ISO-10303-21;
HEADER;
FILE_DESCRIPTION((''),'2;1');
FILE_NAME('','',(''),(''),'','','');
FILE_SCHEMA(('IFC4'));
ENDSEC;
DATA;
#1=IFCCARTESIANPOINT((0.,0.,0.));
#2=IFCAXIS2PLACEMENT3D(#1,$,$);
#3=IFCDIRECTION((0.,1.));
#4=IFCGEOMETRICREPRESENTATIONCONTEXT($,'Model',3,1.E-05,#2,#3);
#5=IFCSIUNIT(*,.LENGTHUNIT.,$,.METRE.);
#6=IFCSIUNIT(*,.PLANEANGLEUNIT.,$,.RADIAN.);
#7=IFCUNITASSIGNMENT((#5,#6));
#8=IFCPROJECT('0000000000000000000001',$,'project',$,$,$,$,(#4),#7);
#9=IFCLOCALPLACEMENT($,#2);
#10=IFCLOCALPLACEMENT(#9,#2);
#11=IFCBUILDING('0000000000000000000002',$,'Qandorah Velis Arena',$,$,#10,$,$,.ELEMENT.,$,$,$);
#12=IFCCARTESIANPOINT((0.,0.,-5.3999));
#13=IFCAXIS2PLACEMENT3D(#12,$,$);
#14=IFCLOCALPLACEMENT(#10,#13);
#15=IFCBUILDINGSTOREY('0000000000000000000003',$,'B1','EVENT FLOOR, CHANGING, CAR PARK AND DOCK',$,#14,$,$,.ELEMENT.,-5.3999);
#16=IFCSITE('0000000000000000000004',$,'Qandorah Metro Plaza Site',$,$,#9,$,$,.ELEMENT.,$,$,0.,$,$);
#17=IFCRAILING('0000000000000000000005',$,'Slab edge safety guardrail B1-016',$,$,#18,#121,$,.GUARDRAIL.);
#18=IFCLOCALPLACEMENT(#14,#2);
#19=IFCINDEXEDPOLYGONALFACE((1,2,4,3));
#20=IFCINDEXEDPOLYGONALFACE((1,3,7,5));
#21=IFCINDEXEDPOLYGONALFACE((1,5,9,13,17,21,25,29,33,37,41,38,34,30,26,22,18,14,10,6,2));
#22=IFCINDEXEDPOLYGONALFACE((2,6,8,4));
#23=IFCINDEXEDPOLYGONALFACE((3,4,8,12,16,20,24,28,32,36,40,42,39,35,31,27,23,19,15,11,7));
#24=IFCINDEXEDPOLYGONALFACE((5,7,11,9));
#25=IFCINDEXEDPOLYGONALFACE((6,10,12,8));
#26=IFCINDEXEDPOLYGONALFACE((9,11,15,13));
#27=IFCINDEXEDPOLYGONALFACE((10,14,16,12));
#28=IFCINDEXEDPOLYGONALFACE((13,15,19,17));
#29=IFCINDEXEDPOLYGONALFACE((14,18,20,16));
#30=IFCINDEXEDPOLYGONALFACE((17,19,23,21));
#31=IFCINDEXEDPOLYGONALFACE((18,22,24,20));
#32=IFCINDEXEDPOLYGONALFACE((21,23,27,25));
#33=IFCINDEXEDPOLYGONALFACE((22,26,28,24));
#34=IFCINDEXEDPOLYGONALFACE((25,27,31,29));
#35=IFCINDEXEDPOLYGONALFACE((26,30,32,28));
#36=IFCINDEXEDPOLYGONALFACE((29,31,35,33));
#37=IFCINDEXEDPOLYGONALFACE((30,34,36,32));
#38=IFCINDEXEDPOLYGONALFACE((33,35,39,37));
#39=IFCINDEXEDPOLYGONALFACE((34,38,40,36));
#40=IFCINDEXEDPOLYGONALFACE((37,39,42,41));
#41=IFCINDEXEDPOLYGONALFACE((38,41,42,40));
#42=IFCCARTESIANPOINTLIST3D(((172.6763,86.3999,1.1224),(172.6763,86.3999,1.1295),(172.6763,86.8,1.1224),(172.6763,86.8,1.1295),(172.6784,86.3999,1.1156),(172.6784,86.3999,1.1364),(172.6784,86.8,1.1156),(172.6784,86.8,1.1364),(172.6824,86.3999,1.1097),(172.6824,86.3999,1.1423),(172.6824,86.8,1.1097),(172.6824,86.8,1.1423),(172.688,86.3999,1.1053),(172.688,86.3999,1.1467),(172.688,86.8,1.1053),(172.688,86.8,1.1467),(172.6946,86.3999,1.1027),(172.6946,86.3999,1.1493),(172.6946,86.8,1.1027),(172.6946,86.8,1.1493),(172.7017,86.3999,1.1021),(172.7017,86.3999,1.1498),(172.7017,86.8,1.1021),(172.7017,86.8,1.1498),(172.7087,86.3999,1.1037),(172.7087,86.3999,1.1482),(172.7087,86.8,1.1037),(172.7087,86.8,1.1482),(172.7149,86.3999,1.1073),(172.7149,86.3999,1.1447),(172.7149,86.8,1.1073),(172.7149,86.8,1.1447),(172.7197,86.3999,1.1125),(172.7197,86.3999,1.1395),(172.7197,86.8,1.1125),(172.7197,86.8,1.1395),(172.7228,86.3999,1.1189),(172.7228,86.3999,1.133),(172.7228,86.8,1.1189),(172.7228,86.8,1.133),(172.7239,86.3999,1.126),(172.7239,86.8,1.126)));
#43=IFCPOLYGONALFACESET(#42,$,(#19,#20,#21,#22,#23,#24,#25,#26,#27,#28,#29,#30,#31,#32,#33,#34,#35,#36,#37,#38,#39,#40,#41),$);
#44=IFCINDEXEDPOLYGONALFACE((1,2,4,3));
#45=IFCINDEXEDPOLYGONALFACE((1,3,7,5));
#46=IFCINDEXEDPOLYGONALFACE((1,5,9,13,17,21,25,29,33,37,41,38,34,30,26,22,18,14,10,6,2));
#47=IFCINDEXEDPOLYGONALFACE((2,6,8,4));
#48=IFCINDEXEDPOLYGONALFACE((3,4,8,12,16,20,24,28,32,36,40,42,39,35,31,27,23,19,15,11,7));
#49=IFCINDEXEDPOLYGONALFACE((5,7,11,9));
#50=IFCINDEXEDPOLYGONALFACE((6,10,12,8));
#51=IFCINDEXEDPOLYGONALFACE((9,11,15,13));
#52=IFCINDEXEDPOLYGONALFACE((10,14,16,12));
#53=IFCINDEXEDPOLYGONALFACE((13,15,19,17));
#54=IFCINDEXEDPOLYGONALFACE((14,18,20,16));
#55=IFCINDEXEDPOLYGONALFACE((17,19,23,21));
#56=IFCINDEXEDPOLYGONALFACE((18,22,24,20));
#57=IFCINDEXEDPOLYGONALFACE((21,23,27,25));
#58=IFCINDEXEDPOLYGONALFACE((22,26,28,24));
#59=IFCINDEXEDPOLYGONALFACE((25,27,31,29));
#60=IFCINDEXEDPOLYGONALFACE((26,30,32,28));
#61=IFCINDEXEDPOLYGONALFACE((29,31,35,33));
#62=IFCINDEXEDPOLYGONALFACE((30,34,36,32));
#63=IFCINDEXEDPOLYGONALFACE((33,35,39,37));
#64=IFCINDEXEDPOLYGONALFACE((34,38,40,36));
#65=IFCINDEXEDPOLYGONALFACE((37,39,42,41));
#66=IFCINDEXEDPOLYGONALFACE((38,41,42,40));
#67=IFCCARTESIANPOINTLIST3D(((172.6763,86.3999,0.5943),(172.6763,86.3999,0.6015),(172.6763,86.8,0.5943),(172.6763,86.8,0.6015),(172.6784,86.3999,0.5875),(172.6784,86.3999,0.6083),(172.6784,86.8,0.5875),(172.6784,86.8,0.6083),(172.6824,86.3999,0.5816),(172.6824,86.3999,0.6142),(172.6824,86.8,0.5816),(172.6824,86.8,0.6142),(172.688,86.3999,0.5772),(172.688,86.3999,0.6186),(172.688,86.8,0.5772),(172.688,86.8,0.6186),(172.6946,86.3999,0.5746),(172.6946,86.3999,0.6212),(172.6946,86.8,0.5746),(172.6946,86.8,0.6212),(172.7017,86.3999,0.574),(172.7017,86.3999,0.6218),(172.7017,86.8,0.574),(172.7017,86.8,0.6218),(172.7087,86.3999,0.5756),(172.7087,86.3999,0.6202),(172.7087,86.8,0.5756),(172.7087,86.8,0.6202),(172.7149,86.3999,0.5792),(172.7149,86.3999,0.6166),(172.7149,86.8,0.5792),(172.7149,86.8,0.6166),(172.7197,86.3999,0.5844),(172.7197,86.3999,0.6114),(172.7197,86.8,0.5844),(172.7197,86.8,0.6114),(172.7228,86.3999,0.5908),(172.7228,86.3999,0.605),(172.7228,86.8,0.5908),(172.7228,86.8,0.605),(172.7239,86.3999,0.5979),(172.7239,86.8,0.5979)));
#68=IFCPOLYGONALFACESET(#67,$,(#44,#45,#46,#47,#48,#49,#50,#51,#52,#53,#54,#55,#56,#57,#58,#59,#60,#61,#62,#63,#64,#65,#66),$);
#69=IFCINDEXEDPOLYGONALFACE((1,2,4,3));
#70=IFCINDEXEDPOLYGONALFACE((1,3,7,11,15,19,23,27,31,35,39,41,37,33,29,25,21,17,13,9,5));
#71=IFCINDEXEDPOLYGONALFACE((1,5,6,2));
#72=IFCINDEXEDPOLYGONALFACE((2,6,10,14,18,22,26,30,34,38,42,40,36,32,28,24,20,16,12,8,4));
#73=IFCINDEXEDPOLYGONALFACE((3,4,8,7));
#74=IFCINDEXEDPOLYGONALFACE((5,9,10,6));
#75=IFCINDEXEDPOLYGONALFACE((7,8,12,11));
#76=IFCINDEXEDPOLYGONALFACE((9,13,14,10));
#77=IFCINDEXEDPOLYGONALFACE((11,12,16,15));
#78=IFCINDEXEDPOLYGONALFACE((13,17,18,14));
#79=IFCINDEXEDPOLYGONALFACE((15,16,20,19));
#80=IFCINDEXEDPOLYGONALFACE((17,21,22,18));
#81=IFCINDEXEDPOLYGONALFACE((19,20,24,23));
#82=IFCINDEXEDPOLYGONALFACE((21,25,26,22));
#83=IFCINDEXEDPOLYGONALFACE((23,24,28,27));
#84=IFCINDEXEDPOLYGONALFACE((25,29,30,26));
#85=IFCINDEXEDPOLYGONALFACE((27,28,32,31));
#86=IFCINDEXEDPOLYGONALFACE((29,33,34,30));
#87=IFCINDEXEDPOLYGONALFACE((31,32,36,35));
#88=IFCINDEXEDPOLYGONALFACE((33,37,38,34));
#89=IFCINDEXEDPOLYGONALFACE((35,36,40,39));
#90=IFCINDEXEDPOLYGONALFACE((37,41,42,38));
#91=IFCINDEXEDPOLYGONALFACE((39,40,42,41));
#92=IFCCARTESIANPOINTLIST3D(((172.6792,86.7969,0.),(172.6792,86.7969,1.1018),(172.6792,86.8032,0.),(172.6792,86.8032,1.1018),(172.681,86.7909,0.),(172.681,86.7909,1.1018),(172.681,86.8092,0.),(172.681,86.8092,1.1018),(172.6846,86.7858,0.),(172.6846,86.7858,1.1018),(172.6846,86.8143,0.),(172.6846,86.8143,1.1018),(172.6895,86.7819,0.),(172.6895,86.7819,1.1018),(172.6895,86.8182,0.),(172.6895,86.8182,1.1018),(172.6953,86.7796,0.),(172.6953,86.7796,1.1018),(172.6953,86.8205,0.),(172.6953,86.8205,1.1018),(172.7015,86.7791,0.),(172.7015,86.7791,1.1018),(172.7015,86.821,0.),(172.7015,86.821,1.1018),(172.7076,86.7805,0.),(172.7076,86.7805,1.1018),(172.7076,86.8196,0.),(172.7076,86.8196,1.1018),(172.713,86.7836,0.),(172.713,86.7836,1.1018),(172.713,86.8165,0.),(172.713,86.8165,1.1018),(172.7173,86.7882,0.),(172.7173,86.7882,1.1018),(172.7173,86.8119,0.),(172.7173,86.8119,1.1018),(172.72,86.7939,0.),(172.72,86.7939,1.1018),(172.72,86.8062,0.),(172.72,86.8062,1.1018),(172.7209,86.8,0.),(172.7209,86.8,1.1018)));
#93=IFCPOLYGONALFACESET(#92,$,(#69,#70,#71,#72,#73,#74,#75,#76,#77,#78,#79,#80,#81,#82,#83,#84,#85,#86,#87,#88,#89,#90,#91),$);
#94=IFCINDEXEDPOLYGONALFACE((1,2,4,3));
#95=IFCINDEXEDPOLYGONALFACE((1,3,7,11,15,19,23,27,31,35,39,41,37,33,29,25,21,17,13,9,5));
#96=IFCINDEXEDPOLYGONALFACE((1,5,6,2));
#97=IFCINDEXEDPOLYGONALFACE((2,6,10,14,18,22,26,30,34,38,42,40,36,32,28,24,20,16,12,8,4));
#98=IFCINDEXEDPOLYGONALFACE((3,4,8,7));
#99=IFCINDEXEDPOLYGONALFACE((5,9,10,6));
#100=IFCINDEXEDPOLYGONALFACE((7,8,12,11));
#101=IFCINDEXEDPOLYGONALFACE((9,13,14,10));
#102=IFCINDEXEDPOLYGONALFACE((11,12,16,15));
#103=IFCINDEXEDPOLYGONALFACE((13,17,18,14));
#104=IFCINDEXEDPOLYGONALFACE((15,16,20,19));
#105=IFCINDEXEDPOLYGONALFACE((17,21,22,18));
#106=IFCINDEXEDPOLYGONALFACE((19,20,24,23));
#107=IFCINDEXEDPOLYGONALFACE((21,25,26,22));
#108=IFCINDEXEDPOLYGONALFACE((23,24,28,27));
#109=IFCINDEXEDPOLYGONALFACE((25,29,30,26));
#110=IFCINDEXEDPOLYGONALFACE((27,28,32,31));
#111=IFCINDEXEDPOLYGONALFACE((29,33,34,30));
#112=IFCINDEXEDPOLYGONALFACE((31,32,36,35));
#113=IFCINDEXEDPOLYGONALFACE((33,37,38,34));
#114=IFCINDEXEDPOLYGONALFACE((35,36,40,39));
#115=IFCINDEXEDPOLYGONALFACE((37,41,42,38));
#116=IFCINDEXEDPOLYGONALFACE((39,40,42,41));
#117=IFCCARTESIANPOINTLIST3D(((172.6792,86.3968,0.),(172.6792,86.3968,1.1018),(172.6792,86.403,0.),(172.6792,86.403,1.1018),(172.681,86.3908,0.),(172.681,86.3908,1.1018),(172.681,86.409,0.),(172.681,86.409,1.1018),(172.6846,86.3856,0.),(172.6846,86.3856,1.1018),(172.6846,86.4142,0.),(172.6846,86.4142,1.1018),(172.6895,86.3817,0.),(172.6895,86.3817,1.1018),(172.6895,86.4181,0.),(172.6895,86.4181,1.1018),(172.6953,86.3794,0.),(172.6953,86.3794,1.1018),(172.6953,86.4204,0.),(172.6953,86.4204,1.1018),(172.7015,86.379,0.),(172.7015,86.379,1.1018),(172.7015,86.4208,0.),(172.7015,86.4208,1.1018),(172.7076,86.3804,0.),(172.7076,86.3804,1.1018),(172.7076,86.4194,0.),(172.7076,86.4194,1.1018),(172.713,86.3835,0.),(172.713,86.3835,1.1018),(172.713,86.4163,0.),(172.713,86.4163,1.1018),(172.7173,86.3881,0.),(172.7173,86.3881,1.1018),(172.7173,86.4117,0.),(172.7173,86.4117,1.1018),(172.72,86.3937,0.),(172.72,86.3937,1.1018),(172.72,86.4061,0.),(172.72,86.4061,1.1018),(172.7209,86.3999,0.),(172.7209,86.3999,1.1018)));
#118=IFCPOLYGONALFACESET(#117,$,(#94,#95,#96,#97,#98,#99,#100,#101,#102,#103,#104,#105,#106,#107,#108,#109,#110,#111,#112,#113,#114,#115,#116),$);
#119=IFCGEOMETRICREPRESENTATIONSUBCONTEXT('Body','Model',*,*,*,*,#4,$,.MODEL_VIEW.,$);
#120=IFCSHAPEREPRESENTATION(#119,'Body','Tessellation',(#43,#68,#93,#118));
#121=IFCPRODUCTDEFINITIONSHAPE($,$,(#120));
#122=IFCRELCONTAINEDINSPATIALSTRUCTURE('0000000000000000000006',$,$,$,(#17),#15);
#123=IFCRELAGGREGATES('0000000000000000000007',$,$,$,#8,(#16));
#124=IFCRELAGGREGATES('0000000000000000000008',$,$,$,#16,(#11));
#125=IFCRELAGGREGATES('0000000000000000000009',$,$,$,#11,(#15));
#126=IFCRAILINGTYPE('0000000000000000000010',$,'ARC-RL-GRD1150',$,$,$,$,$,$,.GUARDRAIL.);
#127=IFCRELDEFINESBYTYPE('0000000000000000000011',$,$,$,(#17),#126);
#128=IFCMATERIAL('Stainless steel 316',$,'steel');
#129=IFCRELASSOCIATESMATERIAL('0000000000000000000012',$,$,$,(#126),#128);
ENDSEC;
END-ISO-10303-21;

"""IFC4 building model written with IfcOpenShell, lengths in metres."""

from ifc_helpers import new_model, si_unit, direction, frame, origin, origin_2d, place, context, subcontext, project, spatial, circle, extrude, material, type_object, element, save


model = new_model("IFC4")

# Units and contexts
model_context = context("Model", 3, precision=1e-05, world=origin(), true_north=direction((0.0, 1.0)))
body_context = subcontext(model_context, "Body", "Model", "MODEL_VIEW")
ifc_project = project(units=[si_unit("LENGTHUNIT", "METRE"), si_unit("PLANEANGLEUNIT", "RADIAN")], contexts=[model_context])

# Site, building, storey
site_placement = place(None, origin())
site = spatial("IfcSite", under=ifc_project, at=site_placement, Name="Qandorah Metro Plaza Site", CompositionType="ELEMENT", RefElevation=0.0)
building_placement = place(site_placement, origin())
building = spatial("IfcBuilding", under=site, at=building_placement, Name="Qandorah Velis Arena", CompositionType="ELEMENT")
storey_placement = place(building_placement, frame((0.0, 0.0, -5.3999)))
storey = spatial("IfcBuildingStorey", under=building, at=storey_placement, Name="B1", Description="EVENT FLOOR, CHANGING, CAR PARK AND DOCK", CompositionType="ELEMENT", Elevation=-5.3999)

# Railing
ifc_material_1 = material(Name="Stainless steel 316", Category="steel")
railing_type = type_object("IfcRailingType", Name="ARC-RL-GRD1150", PredefinedType="GUARDRAIL", material=ifc_material_1)
for number, where, name in (
    (1, (172.7, 86.8, 0.0), "Slab edge safety guardrail B1-016"),
):
    element("IfcRailing", number, at=place(storey_placement, frame(where)), inside=storey, type_object=railing_type, Name=name, PredefinedType="GUARDRAIL", context=body_context, shape_type="SweptSolid", body=[
        extrude(circle(Radius=0.0239, at=origin_2d()), frame((0.0, 0.0, 1.126), z_axis=(0.0, -1.0, 0.0), x_axis=(1.0, 0.0, 0.0)), (0.0, 0.0, 1.0), 0.4001),
        extrude(circle(Radius=0.0239, at=origin_2d()), frame((0.0, 0.0, 0.5979), z_axis=(0.0, -1.0, 0.0), x_axis=(1.0, 0.0, 0.0)), (0.0, 0.0, 1.0), 0.4001),
        extrude(circle(Radius=0.021, at=origin_2d()), origin(), (0.0, 0.0, 1.0), 1.1018),
        extrude(circle(Radius=0.021, at=origin_2d()), frame((0.0, -0.4001, 0.0)), (0.0, 0.0, 1.0), 1.1018),
    ])

save(model, "model.ifc")
